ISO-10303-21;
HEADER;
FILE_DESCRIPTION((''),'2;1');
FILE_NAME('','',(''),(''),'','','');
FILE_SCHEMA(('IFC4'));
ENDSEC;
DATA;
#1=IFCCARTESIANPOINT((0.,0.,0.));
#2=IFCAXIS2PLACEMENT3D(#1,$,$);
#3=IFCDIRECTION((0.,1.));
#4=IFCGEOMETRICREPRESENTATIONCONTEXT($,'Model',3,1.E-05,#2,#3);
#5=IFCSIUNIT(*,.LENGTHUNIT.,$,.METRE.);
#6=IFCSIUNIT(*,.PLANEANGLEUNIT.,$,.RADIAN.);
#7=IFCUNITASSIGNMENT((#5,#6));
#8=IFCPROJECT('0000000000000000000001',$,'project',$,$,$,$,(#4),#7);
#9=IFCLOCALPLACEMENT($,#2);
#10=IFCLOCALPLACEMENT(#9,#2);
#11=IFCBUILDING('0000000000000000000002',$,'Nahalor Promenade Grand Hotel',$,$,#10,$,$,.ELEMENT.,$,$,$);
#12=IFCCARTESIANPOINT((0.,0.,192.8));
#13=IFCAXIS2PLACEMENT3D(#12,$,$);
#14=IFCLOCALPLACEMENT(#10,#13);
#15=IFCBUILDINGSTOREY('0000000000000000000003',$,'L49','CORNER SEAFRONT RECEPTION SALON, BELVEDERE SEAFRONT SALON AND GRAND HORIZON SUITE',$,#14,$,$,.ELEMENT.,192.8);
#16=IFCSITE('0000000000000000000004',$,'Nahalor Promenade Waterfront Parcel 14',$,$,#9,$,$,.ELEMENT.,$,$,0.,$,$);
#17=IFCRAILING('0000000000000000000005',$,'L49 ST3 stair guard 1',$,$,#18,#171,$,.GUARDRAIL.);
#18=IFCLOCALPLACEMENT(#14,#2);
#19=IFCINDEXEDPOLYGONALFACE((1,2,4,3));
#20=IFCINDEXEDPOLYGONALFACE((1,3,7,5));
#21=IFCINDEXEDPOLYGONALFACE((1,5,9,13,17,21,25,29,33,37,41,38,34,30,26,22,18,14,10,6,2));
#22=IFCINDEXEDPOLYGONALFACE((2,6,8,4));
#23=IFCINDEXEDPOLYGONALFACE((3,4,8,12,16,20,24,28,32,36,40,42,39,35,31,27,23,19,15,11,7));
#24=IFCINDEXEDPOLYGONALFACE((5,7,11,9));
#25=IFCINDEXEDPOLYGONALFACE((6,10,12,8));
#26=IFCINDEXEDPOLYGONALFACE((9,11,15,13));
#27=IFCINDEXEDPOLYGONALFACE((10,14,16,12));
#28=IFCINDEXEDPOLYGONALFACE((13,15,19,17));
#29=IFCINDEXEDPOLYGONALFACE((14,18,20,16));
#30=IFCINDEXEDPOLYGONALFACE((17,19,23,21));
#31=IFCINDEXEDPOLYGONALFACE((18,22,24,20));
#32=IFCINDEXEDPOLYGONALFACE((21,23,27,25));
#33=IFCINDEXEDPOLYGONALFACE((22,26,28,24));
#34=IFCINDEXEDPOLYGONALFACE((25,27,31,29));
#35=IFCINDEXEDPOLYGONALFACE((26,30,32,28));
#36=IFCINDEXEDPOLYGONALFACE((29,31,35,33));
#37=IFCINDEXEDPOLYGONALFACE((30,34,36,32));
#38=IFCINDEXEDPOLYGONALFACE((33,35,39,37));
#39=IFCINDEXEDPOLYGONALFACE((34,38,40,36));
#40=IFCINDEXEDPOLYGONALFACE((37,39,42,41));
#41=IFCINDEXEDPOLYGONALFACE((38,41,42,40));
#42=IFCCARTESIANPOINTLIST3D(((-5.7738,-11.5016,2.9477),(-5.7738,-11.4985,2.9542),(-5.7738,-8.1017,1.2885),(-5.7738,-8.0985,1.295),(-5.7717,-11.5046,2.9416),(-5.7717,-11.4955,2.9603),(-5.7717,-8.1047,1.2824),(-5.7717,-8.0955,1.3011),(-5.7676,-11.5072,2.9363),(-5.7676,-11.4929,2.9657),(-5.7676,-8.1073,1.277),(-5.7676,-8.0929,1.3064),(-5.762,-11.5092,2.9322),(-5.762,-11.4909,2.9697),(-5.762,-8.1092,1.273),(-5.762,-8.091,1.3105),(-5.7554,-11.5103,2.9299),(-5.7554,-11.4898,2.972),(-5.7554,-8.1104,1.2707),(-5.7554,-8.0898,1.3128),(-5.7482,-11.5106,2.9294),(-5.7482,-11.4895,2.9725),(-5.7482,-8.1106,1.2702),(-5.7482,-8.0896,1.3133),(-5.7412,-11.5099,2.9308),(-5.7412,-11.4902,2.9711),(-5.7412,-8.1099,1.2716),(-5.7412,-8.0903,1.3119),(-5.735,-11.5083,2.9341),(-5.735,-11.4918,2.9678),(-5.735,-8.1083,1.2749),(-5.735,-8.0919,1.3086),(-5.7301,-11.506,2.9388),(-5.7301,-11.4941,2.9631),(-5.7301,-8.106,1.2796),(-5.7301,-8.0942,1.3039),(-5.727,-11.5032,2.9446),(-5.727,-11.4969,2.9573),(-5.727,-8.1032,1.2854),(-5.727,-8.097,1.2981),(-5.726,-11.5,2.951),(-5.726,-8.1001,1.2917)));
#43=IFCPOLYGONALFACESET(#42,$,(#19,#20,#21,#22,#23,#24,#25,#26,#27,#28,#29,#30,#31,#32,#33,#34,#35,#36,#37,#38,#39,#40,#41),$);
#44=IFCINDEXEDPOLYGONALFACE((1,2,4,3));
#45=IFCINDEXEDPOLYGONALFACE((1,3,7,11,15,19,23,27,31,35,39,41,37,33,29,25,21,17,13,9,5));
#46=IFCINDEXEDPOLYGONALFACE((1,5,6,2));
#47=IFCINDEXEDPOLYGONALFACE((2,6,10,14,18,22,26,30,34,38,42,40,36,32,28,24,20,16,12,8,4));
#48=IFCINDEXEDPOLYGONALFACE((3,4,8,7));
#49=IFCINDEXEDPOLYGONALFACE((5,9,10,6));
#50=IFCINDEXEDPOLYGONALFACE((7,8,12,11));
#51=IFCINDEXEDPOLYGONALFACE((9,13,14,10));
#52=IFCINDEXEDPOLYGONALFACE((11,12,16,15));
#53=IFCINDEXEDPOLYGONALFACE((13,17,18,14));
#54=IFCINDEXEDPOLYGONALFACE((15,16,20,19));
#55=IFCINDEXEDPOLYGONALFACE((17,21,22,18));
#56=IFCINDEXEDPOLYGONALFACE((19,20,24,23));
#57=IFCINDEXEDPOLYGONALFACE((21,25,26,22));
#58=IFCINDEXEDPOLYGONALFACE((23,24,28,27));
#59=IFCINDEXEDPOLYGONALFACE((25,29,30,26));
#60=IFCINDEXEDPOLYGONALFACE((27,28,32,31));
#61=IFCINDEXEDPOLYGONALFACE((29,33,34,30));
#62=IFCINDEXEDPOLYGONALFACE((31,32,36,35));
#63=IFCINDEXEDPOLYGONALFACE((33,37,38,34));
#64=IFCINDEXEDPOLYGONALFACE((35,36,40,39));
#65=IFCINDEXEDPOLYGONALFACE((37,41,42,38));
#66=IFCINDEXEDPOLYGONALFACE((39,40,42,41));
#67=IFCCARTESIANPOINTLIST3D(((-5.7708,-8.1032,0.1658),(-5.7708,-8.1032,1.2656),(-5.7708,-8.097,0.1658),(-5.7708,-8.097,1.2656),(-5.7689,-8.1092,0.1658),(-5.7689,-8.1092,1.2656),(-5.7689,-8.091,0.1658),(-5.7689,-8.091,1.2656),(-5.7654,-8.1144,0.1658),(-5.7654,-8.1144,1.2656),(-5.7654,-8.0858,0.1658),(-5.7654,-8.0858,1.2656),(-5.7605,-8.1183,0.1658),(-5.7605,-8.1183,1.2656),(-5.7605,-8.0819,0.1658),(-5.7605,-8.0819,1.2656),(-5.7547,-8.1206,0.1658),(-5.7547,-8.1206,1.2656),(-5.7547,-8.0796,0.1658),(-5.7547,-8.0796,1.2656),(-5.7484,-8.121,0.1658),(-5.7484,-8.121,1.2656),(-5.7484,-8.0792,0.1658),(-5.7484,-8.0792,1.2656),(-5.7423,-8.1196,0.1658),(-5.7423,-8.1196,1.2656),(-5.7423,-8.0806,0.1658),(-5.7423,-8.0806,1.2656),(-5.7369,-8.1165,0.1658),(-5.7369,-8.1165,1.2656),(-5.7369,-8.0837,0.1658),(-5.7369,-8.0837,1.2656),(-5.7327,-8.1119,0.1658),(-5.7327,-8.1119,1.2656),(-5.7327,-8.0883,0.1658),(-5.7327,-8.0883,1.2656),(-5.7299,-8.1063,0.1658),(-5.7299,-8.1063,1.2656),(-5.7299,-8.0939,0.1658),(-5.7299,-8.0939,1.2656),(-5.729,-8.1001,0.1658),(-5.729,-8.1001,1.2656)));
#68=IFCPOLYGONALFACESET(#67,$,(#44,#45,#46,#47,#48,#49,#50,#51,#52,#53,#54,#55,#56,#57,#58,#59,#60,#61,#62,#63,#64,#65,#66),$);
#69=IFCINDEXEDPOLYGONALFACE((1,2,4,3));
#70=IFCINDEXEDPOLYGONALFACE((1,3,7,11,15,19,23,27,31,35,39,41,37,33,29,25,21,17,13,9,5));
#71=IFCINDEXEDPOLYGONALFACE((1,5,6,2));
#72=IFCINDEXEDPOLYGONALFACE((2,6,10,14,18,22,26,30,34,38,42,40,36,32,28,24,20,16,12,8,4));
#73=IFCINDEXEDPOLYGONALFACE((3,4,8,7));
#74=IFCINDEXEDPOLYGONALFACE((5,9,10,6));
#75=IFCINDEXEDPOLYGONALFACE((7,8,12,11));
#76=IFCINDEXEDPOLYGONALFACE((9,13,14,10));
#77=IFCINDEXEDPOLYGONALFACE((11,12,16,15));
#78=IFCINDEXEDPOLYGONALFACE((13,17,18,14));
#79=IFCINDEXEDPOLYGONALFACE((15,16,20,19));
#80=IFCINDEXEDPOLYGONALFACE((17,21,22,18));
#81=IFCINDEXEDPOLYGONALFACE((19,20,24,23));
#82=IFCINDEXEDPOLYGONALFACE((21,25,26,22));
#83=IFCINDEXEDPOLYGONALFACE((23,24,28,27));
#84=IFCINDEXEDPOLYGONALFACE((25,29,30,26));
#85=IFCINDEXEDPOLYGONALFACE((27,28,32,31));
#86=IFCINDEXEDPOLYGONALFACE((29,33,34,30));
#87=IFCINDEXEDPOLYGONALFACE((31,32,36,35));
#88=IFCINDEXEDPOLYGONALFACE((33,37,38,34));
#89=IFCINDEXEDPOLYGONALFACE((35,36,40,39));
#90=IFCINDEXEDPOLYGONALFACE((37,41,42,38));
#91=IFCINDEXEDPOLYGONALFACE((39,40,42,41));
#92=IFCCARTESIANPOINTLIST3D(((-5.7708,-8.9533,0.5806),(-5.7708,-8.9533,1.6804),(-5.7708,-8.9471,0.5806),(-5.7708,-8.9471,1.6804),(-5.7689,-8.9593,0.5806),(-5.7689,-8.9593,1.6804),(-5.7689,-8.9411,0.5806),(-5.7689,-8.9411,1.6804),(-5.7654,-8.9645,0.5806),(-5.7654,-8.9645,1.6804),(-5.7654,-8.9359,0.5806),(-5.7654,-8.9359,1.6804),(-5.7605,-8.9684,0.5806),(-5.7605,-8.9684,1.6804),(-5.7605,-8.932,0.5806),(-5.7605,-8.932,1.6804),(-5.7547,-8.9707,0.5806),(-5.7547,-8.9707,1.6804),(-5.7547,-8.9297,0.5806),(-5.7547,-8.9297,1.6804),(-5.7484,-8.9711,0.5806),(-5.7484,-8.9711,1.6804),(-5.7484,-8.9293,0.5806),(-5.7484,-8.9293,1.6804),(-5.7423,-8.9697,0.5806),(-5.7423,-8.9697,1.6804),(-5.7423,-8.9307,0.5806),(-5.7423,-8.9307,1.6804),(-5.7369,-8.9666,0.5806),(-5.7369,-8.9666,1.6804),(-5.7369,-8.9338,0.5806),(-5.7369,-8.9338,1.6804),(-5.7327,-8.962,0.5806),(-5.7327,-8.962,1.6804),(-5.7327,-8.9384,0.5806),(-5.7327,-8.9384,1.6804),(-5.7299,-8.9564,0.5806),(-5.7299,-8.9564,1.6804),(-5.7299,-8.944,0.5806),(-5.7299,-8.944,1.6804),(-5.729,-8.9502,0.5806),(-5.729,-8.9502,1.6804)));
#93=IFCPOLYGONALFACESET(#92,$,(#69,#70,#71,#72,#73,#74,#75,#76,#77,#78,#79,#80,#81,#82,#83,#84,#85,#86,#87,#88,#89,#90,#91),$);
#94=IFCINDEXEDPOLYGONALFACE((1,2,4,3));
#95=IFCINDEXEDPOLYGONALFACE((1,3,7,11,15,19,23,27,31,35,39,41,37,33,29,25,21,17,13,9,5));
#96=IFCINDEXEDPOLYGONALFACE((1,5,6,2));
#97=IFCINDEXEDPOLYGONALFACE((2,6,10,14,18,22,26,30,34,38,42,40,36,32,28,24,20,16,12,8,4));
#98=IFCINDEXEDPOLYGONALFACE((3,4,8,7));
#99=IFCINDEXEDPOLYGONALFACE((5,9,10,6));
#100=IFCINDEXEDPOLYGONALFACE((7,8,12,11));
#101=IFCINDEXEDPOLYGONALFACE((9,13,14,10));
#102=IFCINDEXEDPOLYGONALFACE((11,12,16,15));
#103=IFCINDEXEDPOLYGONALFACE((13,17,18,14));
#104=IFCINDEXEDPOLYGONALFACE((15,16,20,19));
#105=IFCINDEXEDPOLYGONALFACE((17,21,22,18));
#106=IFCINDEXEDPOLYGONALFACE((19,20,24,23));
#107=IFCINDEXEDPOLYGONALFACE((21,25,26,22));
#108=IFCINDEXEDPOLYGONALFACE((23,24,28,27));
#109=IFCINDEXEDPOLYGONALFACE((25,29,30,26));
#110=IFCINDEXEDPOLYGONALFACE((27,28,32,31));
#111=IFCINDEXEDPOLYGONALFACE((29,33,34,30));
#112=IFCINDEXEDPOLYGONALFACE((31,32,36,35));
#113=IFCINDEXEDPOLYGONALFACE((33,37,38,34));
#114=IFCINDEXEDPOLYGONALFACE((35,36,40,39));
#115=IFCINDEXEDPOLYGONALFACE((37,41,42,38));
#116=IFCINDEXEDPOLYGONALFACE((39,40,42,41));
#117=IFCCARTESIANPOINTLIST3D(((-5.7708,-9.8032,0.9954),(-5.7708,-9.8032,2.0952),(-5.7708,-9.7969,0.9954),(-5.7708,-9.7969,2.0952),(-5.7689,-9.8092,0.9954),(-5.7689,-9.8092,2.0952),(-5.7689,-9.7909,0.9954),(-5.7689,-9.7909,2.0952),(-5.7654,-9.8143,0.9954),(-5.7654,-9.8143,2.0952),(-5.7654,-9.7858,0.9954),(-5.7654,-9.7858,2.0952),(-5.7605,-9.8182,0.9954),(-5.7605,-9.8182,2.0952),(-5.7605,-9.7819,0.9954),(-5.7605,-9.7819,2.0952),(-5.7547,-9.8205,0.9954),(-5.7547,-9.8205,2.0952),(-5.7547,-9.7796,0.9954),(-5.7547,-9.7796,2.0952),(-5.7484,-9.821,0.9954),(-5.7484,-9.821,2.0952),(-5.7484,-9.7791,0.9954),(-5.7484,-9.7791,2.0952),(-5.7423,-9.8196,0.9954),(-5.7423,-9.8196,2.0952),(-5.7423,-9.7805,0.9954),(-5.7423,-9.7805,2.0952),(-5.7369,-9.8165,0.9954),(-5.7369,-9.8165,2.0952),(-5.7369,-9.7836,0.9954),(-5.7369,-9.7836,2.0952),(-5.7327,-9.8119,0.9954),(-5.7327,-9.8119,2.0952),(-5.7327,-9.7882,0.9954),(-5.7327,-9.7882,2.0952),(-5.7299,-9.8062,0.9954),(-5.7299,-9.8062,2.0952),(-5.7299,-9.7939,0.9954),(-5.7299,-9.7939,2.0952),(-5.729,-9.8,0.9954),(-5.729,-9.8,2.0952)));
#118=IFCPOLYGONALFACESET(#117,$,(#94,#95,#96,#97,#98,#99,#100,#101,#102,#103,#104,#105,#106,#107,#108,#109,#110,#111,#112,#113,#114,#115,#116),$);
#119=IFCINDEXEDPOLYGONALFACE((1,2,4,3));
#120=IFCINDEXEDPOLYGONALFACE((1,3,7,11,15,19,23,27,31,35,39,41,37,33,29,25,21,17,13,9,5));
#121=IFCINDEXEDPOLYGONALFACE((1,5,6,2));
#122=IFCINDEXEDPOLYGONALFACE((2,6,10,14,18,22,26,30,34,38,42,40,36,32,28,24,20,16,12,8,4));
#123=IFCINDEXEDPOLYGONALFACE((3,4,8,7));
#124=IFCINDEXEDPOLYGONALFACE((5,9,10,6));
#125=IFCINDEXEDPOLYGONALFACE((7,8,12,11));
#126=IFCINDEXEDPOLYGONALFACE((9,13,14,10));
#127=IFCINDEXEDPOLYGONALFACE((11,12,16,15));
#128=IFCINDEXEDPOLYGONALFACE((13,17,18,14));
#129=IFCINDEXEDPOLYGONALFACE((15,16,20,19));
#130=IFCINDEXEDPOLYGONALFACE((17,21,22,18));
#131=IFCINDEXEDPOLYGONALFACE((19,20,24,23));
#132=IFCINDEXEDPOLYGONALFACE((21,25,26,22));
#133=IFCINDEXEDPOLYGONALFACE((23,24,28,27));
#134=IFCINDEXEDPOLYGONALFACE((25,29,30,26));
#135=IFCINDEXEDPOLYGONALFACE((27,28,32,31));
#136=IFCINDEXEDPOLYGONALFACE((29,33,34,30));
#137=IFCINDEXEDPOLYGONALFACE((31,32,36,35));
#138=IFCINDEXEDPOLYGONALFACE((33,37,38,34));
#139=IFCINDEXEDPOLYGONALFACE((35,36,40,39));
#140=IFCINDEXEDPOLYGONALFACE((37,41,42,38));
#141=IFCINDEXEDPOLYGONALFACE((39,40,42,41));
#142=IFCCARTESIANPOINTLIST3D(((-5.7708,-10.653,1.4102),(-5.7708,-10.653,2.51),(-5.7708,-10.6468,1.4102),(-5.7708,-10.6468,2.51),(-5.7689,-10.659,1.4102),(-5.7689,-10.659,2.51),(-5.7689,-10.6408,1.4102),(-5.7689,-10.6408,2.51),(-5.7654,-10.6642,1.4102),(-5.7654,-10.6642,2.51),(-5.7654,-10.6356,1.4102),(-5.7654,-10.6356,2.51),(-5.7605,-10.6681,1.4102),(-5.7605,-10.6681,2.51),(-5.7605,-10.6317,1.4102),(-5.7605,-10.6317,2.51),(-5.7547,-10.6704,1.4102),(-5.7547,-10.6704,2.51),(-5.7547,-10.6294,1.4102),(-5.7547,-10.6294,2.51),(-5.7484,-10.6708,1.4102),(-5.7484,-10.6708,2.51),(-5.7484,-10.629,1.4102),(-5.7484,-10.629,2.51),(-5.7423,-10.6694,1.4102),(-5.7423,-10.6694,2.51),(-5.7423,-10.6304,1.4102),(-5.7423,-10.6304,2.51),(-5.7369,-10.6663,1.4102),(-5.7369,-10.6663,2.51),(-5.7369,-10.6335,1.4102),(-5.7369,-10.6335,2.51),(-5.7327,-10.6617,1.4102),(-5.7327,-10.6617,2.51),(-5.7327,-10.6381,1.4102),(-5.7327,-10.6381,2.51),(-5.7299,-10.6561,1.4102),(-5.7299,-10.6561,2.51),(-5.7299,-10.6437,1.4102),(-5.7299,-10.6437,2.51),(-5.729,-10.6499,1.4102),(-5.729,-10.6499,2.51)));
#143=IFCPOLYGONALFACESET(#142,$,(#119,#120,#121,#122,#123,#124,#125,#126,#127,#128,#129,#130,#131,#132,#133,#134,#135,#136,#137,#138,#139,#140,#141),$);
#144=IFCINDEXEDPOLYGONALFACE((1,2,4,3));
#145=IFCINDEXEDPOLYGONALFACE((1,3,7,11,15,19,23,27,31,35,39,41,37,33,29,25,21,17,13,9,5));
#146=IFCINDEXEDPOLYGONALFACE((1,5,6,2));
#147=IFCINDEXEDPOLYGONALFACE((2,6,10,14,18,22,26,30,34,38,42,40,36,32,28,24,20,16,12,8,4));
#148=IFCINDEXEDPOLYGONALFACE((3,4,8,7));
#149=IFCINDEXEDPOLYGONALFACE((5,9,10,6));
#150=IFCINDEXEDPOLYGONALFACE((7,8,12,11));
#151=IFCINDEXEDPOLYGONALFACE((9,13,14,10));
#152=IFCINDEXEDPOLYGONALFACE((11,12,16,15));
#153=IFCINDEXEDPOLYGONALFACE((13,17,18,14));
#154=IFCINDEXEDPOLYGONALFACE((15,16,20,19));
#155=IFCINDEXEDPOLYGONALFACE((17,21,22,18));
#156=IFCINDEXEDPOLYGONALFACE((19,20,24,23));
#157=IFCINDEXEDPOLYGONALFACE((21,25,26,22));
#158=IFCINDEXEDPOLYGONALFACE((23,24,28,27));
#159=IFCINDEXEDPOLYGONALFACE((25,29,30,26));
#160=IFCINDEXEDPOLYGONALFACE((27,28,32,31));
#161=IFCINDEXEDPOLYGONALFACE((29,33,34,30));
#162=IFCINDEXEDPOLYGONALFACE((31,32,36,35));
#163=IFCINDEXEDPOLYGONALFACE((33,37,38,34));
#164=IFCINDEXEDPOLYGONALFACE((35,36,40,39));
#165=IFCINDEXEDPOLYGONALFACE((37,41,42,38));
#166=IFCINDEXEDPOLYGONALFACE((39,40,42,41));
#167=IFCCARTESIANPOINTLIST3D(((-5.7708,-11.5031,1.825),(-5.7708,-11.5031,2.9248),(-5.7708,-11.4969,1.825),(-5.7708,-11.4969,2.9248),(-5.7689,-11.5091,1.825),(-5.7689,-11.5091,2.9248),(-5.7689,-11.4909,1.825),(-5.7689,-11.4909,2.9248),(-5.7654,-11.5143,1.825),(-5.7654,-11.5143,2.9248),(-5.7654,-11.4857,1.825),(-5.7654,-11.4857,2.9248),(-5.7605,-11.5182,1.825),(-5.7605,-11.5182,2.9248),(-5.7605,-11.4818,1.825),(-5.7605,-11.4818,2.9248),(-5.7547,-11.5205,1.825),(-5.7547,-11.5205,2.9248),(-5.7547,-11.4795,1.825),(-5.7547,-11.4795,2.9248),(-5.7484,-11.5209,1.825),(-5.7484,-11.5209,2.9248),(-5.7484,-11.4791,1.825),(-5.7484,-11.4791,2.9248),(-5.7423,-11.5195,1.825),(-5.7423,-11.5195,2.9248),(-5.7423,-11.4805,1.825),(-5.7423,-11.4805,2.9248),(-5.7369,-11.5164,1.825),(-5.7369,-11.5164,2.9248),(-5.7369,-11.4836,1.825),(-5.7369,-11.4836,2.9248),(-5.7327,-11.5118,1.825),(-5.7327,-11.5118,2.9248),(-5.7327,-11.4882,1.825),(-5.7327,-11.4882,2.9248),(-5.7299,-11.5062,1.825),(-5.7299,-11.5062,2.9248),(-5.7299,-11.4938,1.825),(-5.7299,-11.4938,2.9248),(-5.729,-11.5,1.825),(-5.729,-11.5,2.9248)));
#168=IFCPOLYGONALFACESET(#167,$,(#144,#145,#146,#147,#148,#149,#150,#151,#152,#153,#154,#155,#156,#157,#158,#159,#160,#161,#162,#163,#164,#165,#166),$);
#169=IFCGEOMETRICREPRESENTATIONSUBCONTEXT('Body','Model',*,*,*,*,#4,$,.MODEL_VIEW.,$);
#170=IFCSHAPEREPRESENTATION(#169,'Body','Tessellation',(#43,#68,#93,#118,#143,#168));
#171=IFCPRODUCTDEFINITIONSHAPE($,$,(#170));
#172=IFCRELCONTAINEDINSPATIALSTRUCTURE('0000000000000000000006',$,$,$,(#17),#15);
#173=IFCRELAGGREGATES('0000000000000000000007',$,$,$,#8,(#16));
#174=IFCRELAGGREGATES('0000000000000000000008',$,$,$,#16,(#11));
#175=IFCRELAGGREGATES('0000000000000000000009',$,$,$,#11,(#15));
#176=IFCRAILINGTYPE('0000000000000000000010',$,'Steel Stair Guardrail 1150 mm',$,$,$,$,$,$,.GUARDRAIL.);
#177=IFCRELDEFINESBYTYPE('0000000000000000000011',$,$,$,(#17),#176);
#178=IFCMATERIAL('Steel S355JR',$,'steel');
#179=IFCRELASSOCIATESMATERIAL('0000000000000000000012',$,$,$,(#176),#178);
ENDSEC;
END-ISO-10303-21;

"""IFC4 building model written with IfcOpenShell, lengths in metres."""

from ifc_helpers import new_model, si_unit, direction, frame, origin, origin_2d, place, context, subcontext, project, spatial, circle, extrude, material, type_object, element, save


model = new_model("IFC4")

# Units and contexts
model_context = context("Model", 3, precision=1e-05, world=origin(), true_north=direction((0.0, 1.0)))
body_context = subcontext(model_context, "Body", "Model", "MODEL_VIEW")
ifc_project = project(units=[si_unit("LENGTHUNIT", "METRE"), si_unit("PLANEANGLEUNIT", "RADIAN")], contexts=[model_context])

# Site, building, storey
site_placement = place(None, origin())
site = spatial("IfcSite", under=ifc_project, at=site_placement, Name="Nahalor Promenade Waterfront Parcel 14", CompositionType="ELEMENT", RefElevation=0.0)
building_placement = place(site_placement, origin())
building = spatial("IfcBuilding", under=site, at=building_placement, Name="Nahalor Promenade Grand Hotel", CompositionType="ELEMENT")
storey_placement = place(building_placement, frame((0.0, 0.0, 192.8)))
storey = spatial("IfcBuildingStorey", under=building, at=storey_placement, Name="L49", Description="CORNER SEAFRONT RECEPTION SALON, BELVEDERE SEAFRONT SALON AND GRAND HORIZON SUITE", CompositionType="ELEMENT", Elevation=192.8)

# Shared definitions
ifc_material_1 = material(Name="Steel S355JR", Category="steel")

# Railing
railing_type_1 = type_object("IfcRailingType", Name="Steel Stair Guardrail 1150 mm", PredefinedType="GUARDRAIL", material=ifc_material_1)
railing_1_placement = place(storey_placement, frame((-5.75, -8.1001, 0.1658)))
element("IfcRailing", 1, at=railing_1_placement, inside=storey, type_object=railing_type_1, Name="L49 ST3 stair guard 1", PredefinedType="GUARDRAIL", context=body_context, shape_type="SweptSolid", body=[
    extrude(circle(Radius=0.024, at=origin_2d()), frame((0.0, 0.0, 1.126), z_axis=(0.0, -0.898696, 0.438571), x_axis=(1.0, 0.0, 0.0)), (0.0, 0.0, 1.0), 3.7832),
    extrude(circle(Radius=0.021, at=origin_2d()), origin(), (0.0, 0.0, 1.0), 1.0999),
    extrude(circle(Radius=0.021, at=origin_2d()), frame((0.0, -0.8501, 0.4148)), (0.0, 0.0, 1.0), 1.0999),
    extrude(circle(Radius=0.021, at=origin_2d()), frame((0.0, -1.7, 0.8296)), (0.0, 0.0, 1.0), 1.0999),
    extrude(circle(Radius=0.021, at=origin_2d()), frame((0.0, -2.5498, 1.2444)), (0.0, 0.0, 1.0), 1.0999),
    extrude(circle(Radius=0.021, at=origin_2d()), frame((0.0, -3.3999, 1.6592)), (0.0, 0.0, 1.0), 1.0999),
])

save(model, "model.ifc")
